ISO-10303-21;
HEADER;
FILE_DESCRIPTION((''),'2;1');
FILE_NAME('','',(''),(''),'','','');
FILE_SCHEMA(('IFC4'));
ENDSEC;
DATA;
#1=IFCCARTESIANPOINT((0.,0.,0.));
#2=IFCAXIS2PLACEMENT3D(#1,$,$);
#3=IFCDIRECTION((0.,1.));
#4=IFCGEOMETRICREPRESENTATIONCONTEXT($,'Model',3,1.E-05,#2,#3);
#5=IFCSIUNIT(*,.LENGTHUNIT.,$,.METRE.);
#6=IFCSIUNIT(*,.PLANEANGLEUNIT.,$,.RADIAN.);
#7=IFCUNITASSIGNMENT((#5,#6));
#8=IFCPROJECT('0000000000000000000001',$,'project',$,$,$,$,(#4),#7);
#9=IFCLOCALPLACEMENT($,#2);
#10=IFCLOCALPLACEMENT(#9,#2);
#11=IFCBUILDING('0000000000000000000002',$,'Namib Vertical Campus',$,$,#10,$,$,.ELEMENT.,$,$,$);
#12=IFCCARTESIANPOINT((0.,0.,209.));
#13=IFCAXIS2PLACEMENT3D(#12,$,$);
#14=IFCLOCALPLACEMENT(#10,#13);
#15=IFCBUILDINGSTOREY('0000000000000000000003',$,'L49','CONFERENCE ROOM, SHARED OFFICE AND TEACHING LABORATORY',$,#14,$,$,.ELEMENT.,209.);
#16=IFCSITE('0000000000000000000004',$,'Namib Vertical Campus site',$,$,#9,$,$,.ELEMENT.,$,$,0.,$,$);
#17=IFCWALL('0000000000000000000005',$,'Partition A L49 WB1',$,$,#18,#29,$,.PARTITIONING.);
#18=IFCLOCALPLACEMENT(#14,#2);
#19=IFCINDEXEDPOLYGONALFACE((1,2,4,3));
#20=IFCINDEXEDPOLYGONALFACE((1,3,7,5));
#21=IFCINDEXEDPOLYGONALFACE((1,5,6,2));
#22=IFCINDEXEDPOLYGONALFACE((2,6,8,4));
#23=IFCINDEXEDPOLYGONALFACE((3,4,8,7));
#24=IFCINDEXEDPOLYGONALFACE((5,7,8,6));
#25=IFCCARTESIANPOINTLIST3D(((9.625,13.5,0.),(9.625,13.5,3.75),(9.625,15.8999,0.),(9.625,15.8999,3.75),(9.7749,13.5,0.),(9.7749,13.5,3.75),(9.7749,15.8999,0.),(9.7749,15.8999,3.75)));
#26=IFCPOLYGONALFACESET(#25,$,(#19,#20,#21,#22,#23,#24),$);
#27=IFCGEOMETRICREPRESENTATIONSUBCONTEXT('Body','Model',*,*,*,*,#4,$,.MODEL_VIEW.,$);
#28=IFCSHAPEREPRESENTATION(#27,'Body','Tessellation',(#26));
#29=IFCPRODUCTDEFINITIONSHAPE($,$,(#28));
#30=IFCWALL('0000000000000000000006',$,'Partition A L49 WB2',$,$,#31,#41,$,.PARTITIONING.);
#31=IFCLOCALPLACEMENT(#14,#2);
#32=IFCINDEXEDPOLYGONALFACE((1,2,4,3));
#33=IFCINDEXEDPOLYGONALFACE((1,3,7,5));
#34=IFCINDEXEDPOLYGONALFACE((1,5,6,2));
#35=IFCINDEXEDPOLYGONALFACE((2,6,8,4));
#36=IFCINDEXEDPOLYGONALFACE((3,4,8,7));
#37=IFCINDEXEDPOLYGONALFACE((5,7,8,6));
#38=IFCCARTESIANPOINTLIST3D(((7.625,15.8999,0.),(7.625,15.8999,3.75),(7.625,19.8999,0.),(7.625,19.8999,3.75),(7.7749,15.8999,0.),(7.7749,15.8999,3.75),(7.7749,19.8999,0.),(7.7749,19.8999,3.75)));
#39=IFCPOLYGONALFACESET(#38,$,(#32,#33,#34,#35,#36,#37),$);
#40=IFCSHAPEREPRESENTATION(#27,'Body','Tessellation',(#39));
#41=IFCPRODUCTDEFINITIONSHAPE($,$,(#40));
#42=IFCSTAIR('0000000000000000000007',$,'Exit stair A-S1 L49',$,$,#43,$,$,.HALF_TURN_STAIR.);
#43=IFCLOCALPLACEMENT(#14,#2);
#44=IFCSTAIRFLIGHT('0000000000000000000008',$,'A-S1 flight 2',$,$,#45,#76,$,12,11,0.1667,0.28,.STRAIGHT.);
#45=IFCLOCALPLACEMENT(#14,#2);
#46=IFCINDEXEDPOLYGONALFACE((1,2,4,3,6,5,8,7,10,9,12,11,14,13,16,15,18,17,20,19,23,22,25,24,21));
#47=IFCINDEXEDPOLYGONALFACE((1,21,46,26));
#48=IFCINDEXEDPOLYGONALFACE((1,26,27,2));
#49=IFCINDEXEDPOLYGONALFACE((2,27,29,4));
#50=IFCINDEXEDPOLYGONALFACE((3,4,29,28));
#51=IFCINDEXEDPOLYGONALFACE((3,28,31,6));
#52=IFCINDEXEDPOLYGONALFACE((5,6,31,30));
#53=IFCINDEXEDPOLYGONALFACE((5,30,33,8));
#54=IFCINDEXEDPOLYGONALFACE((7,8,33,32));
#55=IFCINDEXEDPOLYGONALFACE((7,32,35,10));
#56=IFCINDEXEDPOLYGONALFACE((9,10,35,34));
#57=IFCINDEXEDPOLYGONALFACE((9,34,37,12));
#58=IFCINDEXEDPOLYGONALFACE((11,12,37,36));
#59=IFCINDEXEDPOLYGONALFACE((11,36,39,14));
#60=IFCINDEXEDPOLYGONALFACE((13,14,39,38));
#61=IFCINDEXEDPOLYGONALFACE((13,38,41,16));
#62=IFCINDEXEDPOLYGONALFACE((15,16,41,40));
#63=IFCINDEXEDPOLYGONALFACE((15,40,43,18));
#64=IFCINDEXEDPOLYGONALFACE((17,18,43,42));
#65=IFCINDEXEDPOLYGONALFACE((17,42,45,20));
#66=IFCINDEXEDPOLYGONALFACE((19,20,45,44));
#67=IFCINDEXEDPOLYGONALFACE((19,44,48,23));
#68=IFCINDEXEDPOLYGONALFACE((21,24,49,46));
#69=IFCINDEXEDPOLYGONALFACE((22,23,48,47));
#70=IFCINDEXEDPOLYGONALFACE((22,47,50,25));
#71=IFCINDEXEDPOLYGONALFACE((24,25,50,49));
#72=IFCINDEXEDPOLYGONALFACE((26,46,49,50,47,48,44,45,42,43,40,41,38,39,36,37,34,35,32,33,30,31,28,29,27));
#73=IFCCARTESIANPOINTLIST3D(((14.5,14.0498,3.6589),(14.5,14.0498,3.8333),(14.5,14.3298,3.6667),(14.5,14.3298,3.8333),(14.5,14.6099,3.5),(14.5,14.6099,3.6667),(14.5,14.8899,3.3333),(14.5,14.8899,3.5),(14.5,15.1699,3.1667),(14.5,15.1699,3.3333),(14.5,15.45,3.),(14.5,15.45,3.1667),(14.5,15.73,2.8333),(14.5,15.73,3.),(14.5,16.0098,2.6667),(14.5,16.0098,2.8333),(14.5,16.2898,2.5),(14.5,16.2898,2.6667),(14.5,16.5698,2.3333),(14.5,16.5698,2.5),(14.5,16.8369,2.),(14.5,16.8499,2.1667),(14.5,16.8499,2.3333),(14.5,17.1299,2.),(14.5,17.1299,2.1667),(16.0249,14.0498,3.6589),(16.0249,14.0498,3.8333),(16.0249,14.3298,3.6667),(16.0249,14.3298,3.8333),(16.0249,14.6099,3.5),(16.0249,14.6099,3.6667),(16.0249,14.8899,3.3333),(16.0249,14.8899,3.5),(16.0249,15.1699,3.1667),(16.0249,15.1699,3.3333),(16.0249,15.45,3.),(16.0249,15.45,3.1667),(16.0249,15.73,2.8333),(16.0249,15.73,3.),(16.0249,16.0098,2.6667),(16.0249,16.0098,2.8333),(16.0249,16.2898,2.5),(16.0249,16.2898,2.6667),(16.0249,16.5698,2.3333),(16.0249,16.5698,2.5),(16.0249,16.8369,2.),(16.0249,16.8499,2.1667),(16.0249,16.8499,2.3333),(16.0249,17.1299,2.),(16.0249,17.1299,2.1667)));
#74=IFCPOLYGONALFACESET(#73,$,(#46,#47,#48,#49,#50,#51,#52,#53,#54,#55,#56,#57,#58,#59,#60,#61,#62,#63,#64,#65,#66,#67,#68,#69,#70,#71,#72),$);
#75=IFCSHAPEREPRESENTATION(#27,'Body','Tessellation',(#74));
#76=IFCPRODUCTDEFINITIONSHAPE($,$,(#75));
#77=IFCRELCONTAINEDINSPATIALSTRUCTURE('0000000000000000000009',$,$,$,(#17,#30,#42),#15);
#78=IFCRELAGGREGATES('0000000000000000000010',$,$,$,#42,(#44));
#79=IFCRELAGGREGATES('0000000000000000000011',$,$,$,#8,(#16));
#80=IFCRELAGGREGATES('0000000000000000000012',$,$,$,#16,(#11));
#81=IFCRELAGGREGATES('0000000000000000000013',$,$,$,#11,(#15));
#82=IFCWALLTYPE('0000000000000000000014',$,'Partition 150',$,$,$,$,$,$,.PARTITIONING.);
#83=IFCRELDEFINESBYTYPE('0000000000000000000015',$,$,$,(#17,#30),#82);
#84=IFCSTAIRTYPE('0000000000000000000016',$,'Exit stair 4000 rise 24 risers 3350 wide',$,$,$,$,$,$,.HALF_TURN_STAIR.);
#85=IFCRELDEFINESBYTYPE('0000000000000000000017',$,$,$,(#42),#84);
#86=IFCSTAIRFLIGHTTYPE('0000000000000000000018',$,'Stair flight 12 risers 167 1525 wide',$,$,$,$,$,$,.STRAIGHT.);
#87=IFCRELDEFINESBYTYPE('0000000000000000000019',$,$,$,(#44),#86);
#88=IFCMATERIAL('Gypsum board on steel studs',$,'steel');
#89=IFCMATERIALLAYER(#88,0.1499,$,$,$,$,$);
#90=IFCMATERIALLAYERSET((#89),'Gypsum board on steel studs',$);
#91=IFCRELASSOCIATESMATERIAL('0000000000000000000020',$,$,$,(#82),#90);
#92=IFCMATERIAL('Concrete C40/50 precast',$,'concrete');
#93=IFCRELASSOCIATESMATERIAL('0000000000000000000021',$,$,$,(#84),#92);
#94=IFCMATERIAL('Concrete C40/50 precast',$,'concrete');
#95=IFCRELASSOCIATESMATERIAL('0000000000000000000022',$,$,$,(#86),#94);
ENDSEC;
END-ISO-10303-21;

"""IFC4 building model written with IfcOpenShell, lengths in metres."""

from ifc_helpers import new_model, si_unit, direction, frame, frame_2d, origin, place, context, subcontext, project, spatial, polyline, rectangle, outline, extrude, material, layer, layer_set, type_object, element, aggregate, save


model = new_model("IFC4")

# Units and contexts
model_context = context("Model", 3, precision=1e-05, world=origin(), true_north=direction((0.0, 1.0)))
body_context = subcontext(model_context, "Body", "Model", "MODEL_VIEW")
ifc_project = project(units=[si_unit("LENGTHUNIT", "METRE"), si_unit("PLANEANGLEUNIT", "RADIAN")], contexts=[model_context])

# Site, building, storey
site_placement = place(None, origin())
site = spatial("IfcSite", under=ifc_project, at=site_placement, Name="Namib Vertical Campus site", CompositionType="ELEMENT", RefElevation=0.0)
building_placement = place(site_placement, origin())
building = spatial("IfcBuilding", under=site, at=building_placement, Name="Namib Vertical Campus", CompositionType="ELEMENT")
storey_placement = place(building_placement, frame((0.0, 0.0, 209.0)))
storey = spatial("IfcBuildingStorey", under=building, at=storey_placement, Name="L49", Description="CONFERENCE ROOM, SHARED OFFICE AND TEACHING LABORATORY", CompositionType="ELEMENT", Elevation=209.0)

# Walls
ifc_material_1 = material(Name="Gypsum board on steel studs", Category="steel")
ifc_layer_1 = layer(ifc_material_1, 0.1499)
ifc_layer_set_1 = layer_set([ifc_layer_1], Name="Gypsum board on steel studs")
wall_type_1 = type_object("IfcWallType", Name="Partition 150", PredefinedType="PARTITIONING", material=ifc_layer_set_1)
wall_1_placement = place(storey_placement, frame((9.7, 13.5, 0.0), z_axis=(0.0, 0.0, 1.0), x_axis=(0.0, 1.0, 0.0)))
element("IfcWall", 1, at=wall_1_placement, inside=storey, type_object=wall_type_1, Name="Partition A L49 WB1", PredefinedType="PARTITIONING", context=body_context, shape_type="SweptSolid", body=[
    extrude(rectangle(XDim=2.3999, YDim=0.1499, at=frame_2d((1.2, 0.0))), origin(), (0.0, 0.0, 1.0), 3.75),
])
wall_2_placement = place(storey_placement, frame((7.7, 15.8999, 0.0), z_axis=(0.0, 0.0, 1.0), x_axis=(0.0, 1.0, 0.0)))
element("IfcWall", 2, at=wall_2_placement, inside=storey, type_object=wall_type_1, Name="Partition A L49 WB2", PredefinedType="PARTITIONING", context=body_context, shape_type="SweptSolid", body=[
    extrude(rectangle(XDim=4.0, YDim=0.1499, at=frame_2d((2.0, 0.0))), origin(), (0.0, 0.0, 1.0), 3.75),
])

# Stair, stair flight
ifc_material_2 = material(Name="Concrete C40/50 precast", Category="concrete")
stair_type = type_object("IfcStairType", Name="Exit stair 4000 rise 24 risers 3350 wide", PredefinedType="HALF_TURN_STAIR", material=ifc_material_2)
stair_placement = place(storey_placement, origin())
stair = element("IfcStair", 3, at=stair_placement, inside=storey, type_object=stair_type, Name="Exit stair A-S1 L49", PredefinedType="HALF_TURN_STAIR")
ifc_material_3 = material(Name="Concrete C40/50 precast", Category="concrete")
stair_flight_type = type_object("IfcStairFlightType", Name="Stair flight 12 risers 167 1525 wide", PredefinedType="STRAIGHT", material=ifc_material_3)
stair_flight_placement = place(storey_placement, frame((15.2625, 17.1299, 2.0), z_axis=(0.0, 0.0, 1.0), x_axis=(0.0, -1.0, 0.0)))
stair_flight = element("IfcStairFlight", 4, at=stair_flight_placement, type_object=stair_flight_type, Name="A-S1 flight 2", NumberOfRisers=12, NumberOfTreads=11, PredefinedType="STRAIGHT", RiserHeight=0.1667, TreadLength=0.28, context=body_context, shape_type="SweptSolid", body=[
    extrude(outline(polyline([(0.0, 0.0), (0.0, 0.1667), (0.28, 0.1667), (0.28, 0.3333), (0.5601, 0.3333), (0.5601, 0.5), (0.8401, 0.5), (0.8401, 0.6667), (1.1201, 0.6667), (1.1201, 0.8333), (1.3999, 0.8333), (1.3999, 1.0), (1.6799, 1.0), (1.6799, 1.1667), (1.96, 1.1667), (1.96, 1.3333), (2.24, 1.3333), (2.24, 1.5), (2.52, 1.5), (2.52, 1.6667), (2.8, 1.6667), (2.8, 1.8333), (3.0801, 1.8333), (3.0801, 2.0), (3.0801, 1.6589), (0.293, 0.0), (0.0, 0.0)])), frame((0.0, 0.7625, 0.0), z_axis=(0.0, -1.0, 0.0), x_axis=(1.0, 0.0, 0.0)), (0.0, 0.0, 1.0), 1.5249),
])
aggregate(stair, [stair_flight])

save(model, "model.ifc")
